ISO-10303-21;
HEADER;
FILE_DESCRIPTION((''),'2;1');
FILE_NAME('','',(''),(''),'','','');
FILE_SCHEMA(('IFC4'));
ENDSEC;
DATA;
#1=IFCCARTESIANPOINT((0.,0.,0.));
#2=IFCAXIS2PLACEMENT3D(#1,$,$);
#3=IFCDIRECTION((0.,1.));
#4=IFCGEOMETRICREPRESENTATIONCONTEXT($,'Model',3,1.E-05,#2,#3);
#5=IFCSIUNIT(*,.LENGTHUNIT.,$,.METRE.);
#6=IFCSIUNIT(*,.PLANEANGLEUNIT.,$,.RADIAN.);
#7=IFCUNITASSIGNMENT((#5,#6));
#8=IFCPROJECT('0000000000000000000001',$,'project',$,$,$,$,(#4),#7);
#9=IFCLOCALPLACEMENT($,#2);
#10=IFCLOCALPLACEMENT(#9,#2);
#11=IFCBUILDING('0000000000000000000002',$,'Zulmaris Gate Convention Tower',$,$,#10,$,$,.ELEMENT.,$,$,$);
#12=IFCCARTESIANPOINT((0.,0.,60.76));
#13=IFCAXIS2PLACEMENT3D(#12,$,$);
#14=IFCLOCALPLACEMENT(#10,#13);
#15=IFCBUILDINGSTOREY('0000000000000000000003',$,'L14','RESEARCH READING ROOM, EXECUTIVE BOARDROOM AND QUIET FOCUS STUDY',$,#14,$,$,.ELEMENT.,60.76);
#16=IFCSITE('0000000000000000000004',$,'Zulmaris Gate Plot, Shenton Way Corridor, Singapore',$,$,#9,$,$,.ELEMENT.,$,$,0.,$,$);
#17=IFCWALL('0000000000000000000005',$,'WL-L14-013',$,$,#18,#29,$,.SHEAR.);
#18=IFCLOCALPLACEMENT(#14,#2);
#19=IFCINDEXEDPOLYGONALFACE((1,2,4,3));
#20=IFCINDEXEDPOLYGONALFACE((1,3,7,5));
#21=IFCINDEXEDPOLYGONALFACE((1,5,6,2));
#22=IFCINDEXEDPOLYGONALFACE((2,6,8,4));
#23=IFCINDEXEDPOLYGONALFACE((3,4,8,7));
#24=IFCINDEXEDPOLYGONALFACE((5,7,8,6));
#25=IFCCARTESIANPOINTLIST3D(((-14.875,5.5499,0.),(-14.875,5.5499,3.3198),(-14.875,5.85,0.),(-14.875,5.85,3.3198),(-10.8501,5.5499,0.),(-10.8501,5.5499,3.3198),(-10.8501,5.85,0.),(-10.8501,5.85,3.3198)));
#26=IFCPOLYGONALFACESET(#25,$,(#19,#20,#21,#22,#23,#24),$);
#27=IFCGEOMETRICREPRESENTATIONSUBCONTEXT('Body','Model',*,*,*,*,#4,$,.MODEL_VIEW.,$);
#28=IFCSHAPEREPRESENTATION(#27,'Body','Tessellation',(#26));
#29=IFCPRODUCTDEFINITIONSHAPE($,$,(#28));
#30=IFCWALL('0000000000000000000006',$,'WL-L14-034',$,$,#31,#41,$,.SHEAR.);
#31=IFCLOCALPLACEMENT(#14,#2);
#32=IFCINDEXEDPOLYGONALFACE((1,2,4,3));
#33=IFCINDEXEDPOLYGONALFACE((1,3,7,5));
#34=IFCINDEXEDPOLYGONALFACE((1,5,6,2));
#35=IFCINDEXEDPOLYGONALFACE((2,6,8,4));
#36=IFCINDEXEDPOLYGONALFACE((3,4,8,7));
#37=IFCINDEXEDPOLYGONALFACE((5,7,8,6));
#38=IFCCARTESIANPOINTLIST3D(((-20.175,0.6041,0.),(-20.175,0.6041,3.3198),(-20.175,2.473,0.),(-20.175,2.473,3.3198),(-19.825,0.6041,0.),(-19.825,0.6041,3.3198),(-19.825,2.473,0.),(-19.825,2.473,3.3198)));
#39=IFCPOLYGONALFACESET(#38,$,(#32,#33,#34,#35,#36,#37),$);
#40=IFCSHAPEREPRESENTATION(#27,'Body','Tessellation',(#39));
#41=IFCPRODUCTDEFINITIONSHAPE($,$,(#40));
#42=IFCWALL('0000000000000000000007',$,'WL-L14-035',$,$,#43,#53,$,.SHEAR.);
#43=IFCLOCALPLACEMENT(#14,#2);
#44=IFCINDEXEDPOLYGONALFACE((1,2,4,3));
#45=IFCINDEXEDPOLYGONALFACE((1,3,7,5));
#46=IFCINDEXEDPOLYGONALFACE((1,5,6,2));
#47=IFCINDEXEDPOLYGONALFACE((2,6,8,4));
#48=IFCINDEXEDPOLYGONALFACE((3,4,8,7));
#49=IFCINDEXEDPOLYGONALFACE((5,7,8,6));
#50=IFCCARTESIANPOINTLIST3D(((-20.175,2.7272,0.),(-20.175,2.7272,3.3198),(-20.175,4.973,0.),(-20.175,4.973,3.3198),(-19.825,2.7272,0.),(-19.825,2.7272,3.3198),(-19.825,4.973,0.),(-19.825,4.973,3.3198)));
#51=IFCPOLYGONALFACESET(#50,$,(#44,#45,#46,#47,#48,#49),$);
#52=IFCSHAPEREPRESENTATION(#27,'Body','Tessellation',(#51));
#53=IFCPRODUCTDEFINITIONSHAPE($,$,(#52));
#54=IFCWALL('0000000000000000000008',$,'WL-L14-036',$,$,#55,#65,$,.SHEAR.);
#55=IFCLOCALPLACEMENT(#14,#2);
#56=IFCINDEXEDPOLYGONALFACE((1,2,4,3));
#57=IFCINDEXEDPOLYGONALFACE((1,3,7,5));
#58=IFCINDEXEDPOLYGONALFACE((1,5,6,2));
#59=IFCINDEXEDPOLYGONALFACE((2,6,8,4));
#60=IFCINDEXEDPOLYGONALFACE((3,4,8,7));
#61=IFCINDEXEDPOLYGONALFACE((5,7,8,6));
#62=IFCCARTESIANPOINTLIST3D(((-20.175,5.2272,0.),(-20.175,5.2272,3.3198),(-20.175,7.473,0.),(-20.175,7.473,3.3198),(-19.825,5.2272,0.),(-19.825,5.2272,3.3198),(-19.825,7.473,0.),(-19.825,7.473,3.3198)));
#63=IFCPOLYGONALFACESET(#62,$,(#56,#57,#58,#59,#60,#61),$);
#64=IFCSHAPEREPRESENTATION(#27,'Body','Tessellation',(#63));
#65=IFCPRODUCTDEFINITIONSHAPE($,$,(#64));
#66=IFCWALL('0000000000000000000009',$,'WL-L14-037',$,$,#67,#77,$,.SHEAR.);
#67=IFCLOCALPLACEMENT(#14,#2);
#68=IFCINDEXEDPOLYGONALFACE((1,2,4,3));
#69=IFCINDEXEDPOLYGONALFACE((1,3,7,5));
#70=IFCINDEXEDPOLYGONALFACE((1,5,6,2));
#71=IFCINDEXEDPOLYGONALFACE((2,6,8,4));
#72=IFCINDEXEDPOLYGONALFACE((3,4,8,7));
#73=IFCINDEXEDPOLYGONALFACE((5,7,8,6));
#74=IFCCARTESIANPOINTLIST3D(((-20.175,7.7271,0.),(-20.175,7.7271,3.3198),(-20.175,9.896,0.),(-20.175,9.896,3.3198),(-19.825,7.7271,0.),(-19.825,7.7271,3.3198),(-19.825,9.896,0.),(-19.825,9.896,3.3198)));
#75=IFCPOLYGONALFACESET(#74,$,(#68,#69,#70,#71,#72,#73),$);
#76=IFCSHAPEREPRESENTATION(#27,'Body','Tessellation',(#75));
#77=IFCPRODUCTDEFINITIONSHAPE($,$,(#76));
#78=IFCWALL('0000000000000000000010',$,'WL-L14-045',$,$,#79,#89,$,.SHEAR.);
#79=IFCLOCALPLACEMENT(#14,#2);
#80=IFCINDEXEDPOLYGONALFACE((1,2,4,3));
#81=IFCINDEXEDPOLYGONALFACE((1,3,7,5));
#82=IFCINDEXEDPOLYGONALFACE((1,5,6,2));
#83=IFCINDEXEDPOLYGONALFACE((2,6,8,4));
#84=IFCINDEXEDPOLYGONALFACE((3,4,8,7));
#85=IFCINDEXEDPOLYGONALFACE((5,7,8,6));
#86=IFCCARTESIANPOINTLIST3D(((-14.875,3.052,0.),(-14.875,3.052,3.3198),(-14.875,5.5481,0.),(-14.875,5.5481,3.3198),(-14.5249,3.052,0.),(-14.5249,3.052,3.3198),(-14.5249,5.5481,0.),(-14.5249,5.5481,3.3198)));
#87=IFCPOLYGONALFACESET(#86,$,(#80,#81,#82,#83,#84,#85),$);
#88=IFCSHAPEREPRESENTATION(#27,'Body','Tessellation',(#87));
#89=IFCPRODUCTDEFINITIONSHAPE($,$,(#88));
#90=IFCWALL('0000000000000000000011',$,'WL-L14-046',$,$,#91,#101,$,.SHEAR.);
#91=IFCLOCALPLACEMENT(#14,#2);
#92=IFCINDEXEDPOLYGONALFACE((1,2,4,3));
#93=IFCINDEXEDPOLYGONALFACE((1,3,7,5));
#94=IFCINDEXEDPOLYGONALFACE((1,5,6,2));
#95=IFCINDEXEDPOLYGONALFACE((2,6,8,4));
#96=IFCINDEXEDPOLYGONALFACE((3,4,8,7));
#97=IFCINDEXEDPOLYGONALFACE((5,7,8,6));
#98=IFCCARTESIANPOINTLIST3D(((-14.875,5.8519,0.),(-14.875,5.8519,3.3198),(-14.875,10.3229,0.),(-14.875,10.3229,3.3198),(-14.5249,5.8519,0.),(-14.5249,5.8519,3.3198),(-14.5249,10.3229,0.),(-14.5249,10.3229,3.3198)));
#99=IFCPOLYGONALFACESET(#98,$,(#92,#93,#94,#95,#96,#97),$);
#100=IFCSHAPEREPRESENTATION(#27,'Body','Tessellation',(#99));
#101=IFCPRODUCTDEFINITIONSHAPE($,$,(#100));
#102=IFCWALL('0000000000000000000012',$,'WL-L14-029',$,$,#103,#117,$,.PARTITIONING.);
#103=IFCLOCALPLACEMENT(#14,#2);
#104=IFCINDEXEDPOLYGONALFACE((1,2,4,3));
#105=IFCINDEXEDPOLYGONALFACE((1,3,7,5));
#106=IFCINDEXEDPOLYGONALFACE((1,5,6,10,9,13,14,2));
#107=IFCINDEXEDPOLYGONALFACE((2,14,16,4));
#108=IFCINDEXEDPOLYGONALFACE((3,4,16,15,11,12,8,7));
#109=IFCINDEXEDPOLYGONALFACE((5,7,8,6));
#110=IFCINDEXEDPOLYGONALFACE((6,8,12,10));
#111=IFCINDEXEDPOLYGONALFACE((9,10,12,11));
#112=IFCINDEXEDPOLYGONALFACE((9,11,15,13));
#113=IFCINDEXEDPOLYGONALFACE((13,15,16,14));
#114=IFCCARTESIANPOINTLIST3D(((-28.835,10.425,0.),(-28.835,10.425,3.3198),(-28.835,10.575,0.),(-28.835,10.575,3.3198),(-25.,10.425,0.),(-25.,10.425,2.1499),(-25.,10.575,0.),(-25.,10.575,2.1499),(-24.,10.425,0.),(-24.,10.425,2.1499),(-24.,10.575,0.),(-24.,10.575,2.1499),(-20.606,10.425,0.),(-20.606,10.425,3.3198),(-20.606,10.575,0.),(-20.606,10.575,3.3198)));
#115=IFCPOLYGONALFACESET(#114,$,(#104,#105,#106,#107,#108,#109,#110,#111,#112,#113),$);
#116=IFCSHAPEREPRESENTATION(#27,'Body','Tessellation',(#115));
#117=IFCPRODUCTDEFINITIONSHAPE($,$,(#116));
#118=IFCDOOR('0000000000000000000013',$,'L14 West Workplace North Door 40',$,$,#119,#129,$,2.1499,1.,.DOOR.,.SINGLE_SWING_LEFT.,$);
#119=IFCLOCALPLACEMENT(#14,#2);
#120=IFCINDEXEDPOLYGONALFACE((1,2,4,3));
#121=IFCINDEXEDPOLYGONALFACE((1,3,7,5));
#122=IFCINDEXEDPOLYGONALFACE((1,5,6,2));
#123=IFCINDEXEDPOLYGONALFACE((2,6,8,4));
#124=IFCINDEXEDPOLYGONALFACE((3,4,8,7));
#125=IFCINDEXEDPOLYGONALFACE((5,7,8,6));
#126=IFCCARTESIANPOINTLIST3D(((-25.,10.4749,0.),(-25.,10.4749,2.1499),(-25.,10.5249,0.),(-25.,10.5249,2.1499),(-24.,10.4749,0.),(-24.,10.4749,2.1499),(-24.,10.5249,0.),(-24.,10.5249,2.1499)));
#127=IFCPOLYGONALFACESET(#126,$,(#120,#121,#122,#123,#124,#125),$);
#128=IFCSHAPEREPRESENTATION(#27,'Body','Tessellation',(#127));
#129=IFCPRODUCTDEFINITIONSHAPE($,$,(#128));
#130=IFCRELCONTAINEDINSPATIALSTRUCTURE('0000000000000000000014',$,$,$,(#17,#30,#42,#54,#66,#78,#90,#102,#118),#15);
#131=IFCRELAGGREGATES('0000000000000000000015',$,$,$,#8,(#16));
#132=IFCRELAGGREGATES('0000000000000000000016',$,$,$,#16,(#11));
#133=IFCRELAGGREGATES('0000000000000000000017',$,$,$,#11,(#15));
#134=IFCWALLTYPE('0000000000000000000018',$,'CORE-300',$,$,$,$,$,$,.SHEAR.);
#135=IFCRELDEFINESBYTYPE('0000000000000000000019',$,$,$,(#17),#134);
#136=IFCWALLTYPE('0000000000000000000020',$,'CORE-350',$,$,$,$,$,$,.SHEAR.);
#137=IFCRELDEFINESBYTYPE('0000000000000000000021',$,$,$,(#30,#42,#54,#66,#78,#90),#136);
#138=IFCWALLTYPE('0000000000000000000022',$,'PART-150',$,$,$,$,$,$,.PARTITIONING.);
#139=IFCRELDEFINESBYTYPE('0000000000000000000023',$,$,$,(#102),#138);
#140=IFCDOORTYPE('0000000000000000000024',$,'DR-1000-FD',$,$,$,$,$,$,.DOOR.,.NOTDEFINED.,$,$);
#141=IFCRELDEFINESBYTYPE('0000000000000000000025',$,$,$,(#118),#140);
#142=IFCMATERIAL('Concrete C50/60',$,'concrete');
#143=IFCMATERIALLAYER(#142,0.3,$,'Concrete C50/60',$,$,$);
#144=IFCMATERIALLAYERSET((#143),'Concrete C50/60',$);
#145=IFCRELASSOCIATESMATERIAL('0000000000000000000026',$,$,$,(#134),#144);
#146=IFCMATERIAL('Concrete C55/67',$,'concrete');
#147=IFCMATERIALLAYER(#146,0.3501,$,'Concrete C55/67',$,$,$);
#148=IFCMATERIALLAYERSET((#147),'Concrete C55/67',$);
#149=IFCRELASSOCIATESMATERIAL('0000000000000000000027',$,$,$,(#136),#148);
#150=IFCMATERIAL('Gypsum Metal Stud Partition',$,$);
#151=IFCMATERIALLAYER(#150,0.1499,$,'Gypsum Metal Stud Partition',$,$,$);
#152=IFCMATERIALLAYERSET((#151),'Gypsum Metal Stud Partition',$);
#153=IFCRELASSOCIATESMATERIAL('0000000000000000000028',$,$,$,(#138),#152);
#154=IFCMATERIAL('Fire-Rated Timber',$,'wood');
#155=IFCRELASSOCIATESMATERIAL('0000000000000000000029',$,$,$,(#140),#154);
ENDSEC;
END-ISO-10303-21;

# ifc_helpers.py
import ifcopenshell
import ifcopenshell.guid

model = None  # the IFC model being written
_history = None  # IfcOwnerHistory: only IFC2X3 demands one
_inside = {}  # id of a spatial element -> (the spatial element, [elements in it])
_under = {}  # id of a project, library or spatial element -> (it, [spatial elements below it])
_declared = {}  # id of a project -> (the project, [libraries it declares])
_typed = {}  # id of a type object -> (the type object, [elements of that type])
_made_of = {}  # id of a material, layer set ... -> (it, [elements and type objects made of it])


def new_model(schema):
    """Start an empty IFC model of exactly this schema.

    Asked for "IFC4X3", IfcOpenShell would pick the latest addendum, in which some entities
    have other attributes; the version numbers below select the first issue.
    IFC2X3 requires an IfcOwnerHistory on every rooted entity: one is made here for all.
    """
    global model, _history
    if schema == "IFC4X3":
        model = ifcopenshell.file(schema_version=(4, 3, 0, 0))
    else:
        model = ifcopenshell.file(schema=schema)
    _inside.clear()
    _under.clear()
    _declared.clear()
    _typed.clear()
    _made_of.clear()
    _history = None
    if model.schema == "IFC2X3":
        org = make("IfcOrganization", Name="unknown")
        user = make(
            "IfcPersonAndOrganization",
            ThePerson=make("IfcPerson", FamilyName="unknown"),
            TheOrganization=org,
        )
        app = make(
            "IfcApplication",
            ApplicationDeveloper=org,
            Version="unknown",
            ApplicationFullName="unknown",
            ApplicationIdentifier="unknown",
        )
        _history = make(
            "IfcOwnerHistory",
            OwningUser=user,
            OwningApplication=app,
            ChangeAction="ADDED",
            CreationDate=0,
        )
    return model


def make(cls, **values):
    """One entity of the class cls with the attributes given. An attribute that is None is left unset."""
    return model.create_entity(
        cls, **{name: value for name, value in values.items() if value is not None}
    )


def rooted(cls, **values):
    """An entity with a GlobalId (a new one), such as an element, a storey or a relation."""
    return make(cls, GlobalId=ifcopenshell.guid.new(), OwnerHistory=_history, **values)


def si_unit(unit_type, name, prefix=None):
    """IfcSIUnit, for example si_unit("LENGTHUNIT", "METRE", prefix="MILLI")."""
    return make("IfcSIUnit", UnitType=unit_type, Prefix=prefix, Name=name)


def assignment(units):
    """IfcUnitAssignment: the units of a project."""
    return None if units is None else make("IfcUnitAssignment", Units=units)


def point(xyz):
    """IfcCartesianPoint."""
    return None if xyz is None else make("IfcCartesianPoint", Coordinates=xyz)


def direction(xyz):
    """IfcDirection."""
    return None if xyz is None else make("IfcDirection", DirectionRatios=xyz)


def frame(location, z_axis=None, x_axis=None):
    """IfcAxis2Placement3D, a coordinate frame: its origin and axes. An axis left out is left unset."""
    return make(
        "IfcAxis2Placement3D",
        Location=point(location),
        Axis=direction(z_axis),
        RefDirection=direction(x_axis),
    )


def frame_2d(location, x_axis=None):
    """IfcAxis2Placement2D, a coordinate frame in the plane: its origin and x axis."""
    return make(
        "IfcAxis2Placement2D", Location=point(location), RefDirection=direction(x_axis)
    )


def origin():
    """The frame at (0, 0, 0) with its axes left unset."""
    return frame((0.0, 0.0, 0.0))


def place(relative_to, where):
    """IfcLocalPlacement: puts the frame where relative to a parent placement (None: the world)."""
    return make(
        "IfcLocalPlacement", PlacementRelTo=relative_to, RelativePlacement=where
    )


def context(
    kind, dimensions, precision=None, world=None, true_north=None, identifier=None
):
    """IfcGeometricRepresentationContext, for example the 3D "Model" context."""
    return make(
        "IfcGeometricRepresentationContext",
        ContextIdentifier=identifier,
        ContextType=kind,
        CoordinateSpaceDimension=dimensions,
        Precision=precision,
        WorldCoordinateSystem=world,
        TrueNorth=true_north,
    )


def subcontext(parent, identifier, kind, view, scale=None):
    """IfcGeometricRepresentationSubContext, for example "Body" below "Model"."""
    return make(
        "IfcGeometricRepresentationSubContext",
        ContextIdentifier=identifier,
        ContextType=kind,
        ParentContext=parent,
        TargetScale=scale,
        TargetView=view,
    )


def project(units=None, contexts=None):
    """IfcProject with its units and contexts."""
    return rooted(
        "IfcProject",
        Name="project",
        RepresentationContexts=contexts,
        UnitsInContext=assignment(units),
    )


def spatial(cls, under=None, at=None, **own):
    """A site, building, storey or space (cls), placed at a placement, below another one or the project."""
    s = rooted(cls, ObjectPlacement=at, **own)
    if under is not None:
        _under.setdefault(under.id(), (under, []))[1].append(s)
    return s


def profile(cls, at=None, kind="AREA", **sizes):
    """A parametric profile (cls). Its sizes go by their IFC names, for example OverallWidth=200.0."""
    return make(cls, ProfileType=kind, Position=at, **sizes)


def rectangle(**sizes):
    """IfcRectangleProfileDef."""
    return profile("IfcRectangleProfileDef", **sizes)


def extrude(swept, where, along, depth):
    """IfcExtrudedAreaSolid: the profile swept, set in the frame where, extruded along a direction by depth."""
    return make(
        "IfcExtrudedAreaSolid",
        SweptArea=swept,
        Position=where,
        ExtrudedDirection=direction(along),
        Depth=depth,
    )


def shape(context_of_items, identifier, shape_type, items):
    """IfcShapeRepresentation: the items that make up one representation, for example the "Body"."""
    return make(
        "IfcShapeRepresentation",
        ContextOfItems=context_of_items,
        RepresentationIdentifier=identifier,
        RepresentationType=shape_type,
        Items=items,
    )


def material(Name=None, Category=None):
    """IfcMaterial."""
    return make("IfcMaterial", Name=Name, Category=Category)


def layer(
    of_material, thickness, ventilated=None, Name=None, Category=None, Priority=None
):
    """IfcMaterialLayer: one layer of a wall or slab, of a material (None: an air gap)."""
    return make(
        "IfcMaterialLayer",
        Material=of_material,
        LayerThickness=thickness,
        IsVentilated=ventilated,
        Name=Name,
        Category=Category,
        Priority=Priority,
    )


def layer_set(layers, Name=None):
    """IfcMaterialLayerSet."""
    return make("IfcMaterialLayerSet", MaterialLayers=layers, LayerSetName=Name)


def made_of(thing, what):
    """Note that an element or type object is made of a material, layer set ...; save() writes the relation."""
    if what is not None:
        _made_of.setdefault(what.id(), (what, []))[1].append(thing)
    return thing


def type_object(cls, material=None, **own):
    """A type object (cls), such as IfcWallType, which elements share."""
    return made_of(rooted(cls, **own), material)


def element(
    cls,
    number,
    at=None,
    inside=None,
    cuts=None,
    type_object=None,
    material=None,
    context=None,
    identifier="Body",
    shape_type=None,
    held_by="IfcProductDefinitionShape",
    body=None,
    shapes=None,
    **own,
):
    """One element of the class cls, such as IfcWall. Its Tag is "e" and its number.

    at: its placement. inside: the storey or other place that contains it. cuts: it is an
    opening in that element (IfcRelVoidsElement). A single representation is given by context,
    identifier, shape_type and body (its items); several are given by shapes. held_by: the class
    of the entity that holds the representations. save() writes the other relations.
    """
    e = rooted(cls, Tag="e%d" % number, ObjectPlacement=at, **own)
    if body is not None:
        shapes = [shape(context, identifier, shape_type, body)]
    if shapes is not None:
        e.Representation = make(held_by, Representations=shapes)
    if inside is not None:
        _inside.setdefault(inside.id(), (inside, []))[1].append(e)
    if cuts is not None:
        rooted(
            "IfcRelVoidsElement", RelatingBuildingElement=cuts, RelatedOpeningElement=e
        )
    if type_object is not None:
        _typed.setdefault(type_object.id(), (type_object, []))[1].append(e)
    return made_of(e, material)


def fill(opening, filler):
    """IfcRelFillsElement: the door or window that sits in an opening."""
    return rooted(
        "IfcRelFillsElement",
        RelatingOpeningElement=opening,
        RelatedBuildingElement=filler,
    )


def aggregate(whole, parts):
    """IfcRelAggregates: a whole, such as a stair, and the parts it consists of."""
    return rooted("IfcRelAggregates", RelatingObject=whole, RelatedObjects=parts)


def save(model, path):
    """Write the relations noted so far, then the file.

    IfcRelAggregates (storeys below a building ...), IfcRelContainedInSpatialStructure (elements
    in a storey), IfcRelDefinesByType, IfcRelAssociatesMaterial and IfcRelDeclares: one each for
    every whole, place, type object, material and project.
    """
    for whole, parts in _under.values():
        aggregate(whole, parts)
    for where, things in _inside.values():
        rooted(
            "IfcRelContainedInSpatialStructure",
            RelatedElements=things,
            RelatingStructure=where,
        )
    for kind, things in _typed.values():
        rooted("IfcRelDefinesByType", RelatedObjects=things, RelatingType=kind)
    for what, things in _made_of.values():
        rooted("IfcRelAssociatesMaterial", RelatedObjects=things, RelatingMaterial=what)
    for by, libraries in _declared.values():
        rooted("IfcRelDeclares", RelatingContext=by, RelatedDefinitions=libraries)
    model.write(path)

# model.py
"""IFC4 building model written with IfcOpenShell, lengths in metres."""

from ifc_helpers import new_model, si_unit, direction, frame, frame_2d, origin, place, context, subcontext, project, spatial, rectangle, extrude, material, layer, layer_set, type_object, element, fill, save


model = new_model("IFC4")

# Units and contexts
model_context = context("Model", 3, precision=1e-05, world=origin(), true_north=direction((0.0, 1.0)))
body_context = subcontext(model_context, "Body", "Model", "MODEL_VIEW")
ifc_project = project(units=[si_unit("LENGTHUNIT", "METRE"), si_unit("PLANEANGLEUNIT", "RADIAN")], contexts=[model_context])

# Site, building, storey
site_placement = place(None, origin())
site = spatial("IfcSite", under=ifc_project, at=site_placement, Name="Zulmaris Gate Plot, Shenton Way Corridor, Singapore", CompositionType="ELEMENT", RefElevation=0.0)
building_placement = place(site_placement, origin())
building = spatial("IfcBuilding", under=site, at=building_placement, Name="Zulmaris Gate Convention Tower", CompositionType="ELEMENT")
storey_placement = place(building_placement, frame((0.0, 0.0, 60.76)))
storey = spatial("IfcBuildingStorey", under=building, at=storey_placement, Name="L14", Description="RESEARCH READING ROOM, EXECUTIVE BOARDROOM AND QUIET FOCUS STUDY", CompositionType="ELEMENT", Elevation=60.76)

# Shared definitions
ifc_material_1 = material(Name="Concrete C50/60", Category="concrete")

# Shared definitions
ifc_layer_1 = layer(ifc_material_1, 0.3, Name="Concrete C50/60")
ifc_layer_set_1 = layer_set([ifc_layer_1], Name="Concrete C50/60")
wall_type_1 = type_object("IfcWallType", Name="CORE-300", PredefinedType="SHEAR", material=ifc_layer_set_1)

# Walls
wall_1_placement = place(storey_placement, frame((-14.875, 5.7, 0.0), z_axis=(0.0, 0.0, 1.0), x_axis=(1.0, 0.0, 0.0)))
element("IfcWall", 1, at=wall_1_placement, inside=storey, type_object=wall_type_1, Name="WL-L14-013", PredefinedType="SHEAR", context=body_context, shape_type="SweptSolid", body=[
    extrude(rectangle(XDim=4.0249, YDim=0.3, at=frame_2d((2.0125, 0.0))), origin(), (0.0, 0.0, 1.0), 3.3198),
])
ifc_material_2 = material(Name="Concrete C55/67", Category="concrete")
ifc_layer_2 = layer(ifc_material_2, 0.3501, Name="Concrete C55/67")
ifc_layer_set_2 = layer_set([ifc_layer_2], Name="Concrete C55/67")
wall_type_2 = type_object("IfcWallType", Name="CORE-350", PredefinedType="SHEAR", material=ifc_layer_set_2)
wall_2_placement = place(storey_placement, frame((-20.0, 0.604, 0.0), z_axis=(0.0, 0.0, 1.0), x_axis=(0.0, 1.0, 0.0)))
element("IfcWall", 2, at=wall_2_placement, inside=storey, type_object=wall_type_2, Name="WL-L14-034", PredefinedType="SHEAR", context=body_context, shape_type="SweptSolid", body=[
    extrude(rectangle(XDim=1.8689, YDim=0.3501, at=frame_2d((0.9346, 0.0))), origin(), (0.0, 0.0, 1.0), 3.3198),
])
for number, where, z_axis, x_axis, name in (
    (3, (-20.0, 2.7271, 0.0), (0.0, 0.0, 1.0), (0.0, 1.0, 0.0), "WL-L14-035"),
    (4, (-20.0, 5.2271, 0.0), (0.0, 0.0, 1.0), (0.0, 1.0, 0.0), "WL-L14-036"),
):
    element("IfcWall", number, at=place(storey_placement, frame(where, z_axis=z_axis, x_axis=x_axis)), inside=storey, type_object=wall_type_2, Name=name, PredefinedType="SHEAR", context=body_context, shape_type="SweptSolid", body=[
        extrude(rectangle(XDim=2.2458, YDim=0.3501, at=frame_2d((1.123, 0.0))), origin(), (0.0, 0.0, 1.0), 3.3198),
    ])
wall_3_placement = place(storey_placement, frame((-20.0, 7.7271, 0.0), z_axis=(0.0, 0.0, 1.0), x_axis=(0.0, 1.0, 0.0)))
element("IfcWall", 5, at=wall_3_placement, inside=storey, type_object=wall_type_2, Name="WL-L14-037", PredefinedType="SHEAR", context=body_context, shape_type="SweptSolid", body=[
    extrude(rectangle(XDim=2.1689, YDim=0.3501, at=frame_2d((1.0845, 0.0))), origin(), (0.0, 0.0, 1.0), 3.3198),
])
wall_4_placement = place(storey_placement, frame((-14.7, 3.052, 0.0), z_axis=(0.0, 0.0, 1.0), x_axis=(0.0, 1.0, 0.0)))
element("IfcWall", 6, at=wall_4_placement, inside=storey, type_object=wall_type_2, Name="WL-L14-045", PredefinedType="SHEAR", context=body_context, shape_type="SweptSolid", body=[
    extrude(rectangle(XDim=2.4961, YDim=0.3501, at=frame_2d((1.248, 0.0))), origin(), (0.0, 0.0, 1.0), 3.3198),
])
wall_5_placement = place(storey_placement, frame((-14.7, 5.8521, 0.0), z_axis=(0.0, 0.0, 1.0), x_axis=(0.0, 1.0, 0.0)))
element("IfcWall", 7, at=wall_5_placement, inside=storey, type_object=wall_type_2, Name="WL-L14-046", PredefinedType="SHEAR", context=body_context, shape_type="SweptSolid", body=[
    extrude(rectangle(XDim=4.4709, YDim=0.3501, at=frame_2d((2.2354, 0.0))), origin(), (0.0, 0.0, 1.0), 3.3198),
])

# Wall, opening, door
ifc_material_3 = material(Name="Gypsum Metal Stud Partition")
ifc_layer_3 = layer(ifc_material_3, 0.1499, Name="Gypsum Metal Stud Partition")
ifc_layer_set_3 = layer_set([ifc_layer_3], Name="Gypsum Metal Stud Partition")
wall_type_3 = type_object("IfcWallType", Name="PART-150", PredefinedType="PARTITIONING", material=ifc_layer_set_3)
wall_6_placement = place(storey_placement, frame((-28.835, 10.5, 0.0), z_axis=(0.0, 0.0, 1.0), x_axis=(1.0, 0.0, 0.0)))
wall_6 = element("IfcWall", 8, at=wall_6_placement, inside=storey, type_object=wall_type_3, Name="WL-L14-029", PredefinedType="PARTITIONING", context=body_context, shape_type="SweptSolid", body=[
    extrude(rectangle(XDim=8.229, YDim=0.1499, at=frame_2d((4.1145, 0.0))), origin(), (0.0, 0.0, 1.0), 3.3198),
])
opening_1_placement = place(wall_6_placement, frame((3.835, 0.0, 0.0)))
opening_1 = element("IfcOpeningElement", 9, at=opening_1_placement, cuts=wall_6, PredefinedType="OPENING", context=body_context, shape_type="SweptSolid", body=[
    extrude(rectangle(XDim=1.0, YDim=2.1499, at=frame_2d((0.5, 1.075))), frame((0.0, 0.085, 0.0), z_axis=(0.0, -1.0, 0.0), x_axis=(1.0, 0.0, 0.0)), (0.0, 0.0, 1.0), 0.1699),
])
ifc_material_4 = material(Name="Fire-Rated Timber", Category="wood")
door_type_1 = type_object("IfcDoorType", Name="DR-1000-FD", OperationType="NOTDEFINED", PredefinedType="DOOR", material=ifc_material_4)
door_1_placement = place(opening_1_placement, origin())
door_1 = element("IfcDoor", 10, at=door_1_placement, inside=storey, type_object=door_type_1, Name="L14 West Workplace North Door 40", OperationType="SINGLE_SWING_LEFT", OverallHeight=2.1499, OverallWidth=1.0, PredefinedType="DOOR", context=body_context, shape_type="SweptSolid", body=[
    extrude(rectangle(XDim=1.0, YDim=2.1499, at=frame_2d((0.5, 1.075))), frame((0.0, 0.0249, 0.0), z_axis=(0.0, -1.0, 0.0), x_axis=(1.0, 0.0, 0.0)), (0.0, 0.0, 1.0), 0.05),
])
fill(opening_1, door_1)

save(model, "model.ifc")
